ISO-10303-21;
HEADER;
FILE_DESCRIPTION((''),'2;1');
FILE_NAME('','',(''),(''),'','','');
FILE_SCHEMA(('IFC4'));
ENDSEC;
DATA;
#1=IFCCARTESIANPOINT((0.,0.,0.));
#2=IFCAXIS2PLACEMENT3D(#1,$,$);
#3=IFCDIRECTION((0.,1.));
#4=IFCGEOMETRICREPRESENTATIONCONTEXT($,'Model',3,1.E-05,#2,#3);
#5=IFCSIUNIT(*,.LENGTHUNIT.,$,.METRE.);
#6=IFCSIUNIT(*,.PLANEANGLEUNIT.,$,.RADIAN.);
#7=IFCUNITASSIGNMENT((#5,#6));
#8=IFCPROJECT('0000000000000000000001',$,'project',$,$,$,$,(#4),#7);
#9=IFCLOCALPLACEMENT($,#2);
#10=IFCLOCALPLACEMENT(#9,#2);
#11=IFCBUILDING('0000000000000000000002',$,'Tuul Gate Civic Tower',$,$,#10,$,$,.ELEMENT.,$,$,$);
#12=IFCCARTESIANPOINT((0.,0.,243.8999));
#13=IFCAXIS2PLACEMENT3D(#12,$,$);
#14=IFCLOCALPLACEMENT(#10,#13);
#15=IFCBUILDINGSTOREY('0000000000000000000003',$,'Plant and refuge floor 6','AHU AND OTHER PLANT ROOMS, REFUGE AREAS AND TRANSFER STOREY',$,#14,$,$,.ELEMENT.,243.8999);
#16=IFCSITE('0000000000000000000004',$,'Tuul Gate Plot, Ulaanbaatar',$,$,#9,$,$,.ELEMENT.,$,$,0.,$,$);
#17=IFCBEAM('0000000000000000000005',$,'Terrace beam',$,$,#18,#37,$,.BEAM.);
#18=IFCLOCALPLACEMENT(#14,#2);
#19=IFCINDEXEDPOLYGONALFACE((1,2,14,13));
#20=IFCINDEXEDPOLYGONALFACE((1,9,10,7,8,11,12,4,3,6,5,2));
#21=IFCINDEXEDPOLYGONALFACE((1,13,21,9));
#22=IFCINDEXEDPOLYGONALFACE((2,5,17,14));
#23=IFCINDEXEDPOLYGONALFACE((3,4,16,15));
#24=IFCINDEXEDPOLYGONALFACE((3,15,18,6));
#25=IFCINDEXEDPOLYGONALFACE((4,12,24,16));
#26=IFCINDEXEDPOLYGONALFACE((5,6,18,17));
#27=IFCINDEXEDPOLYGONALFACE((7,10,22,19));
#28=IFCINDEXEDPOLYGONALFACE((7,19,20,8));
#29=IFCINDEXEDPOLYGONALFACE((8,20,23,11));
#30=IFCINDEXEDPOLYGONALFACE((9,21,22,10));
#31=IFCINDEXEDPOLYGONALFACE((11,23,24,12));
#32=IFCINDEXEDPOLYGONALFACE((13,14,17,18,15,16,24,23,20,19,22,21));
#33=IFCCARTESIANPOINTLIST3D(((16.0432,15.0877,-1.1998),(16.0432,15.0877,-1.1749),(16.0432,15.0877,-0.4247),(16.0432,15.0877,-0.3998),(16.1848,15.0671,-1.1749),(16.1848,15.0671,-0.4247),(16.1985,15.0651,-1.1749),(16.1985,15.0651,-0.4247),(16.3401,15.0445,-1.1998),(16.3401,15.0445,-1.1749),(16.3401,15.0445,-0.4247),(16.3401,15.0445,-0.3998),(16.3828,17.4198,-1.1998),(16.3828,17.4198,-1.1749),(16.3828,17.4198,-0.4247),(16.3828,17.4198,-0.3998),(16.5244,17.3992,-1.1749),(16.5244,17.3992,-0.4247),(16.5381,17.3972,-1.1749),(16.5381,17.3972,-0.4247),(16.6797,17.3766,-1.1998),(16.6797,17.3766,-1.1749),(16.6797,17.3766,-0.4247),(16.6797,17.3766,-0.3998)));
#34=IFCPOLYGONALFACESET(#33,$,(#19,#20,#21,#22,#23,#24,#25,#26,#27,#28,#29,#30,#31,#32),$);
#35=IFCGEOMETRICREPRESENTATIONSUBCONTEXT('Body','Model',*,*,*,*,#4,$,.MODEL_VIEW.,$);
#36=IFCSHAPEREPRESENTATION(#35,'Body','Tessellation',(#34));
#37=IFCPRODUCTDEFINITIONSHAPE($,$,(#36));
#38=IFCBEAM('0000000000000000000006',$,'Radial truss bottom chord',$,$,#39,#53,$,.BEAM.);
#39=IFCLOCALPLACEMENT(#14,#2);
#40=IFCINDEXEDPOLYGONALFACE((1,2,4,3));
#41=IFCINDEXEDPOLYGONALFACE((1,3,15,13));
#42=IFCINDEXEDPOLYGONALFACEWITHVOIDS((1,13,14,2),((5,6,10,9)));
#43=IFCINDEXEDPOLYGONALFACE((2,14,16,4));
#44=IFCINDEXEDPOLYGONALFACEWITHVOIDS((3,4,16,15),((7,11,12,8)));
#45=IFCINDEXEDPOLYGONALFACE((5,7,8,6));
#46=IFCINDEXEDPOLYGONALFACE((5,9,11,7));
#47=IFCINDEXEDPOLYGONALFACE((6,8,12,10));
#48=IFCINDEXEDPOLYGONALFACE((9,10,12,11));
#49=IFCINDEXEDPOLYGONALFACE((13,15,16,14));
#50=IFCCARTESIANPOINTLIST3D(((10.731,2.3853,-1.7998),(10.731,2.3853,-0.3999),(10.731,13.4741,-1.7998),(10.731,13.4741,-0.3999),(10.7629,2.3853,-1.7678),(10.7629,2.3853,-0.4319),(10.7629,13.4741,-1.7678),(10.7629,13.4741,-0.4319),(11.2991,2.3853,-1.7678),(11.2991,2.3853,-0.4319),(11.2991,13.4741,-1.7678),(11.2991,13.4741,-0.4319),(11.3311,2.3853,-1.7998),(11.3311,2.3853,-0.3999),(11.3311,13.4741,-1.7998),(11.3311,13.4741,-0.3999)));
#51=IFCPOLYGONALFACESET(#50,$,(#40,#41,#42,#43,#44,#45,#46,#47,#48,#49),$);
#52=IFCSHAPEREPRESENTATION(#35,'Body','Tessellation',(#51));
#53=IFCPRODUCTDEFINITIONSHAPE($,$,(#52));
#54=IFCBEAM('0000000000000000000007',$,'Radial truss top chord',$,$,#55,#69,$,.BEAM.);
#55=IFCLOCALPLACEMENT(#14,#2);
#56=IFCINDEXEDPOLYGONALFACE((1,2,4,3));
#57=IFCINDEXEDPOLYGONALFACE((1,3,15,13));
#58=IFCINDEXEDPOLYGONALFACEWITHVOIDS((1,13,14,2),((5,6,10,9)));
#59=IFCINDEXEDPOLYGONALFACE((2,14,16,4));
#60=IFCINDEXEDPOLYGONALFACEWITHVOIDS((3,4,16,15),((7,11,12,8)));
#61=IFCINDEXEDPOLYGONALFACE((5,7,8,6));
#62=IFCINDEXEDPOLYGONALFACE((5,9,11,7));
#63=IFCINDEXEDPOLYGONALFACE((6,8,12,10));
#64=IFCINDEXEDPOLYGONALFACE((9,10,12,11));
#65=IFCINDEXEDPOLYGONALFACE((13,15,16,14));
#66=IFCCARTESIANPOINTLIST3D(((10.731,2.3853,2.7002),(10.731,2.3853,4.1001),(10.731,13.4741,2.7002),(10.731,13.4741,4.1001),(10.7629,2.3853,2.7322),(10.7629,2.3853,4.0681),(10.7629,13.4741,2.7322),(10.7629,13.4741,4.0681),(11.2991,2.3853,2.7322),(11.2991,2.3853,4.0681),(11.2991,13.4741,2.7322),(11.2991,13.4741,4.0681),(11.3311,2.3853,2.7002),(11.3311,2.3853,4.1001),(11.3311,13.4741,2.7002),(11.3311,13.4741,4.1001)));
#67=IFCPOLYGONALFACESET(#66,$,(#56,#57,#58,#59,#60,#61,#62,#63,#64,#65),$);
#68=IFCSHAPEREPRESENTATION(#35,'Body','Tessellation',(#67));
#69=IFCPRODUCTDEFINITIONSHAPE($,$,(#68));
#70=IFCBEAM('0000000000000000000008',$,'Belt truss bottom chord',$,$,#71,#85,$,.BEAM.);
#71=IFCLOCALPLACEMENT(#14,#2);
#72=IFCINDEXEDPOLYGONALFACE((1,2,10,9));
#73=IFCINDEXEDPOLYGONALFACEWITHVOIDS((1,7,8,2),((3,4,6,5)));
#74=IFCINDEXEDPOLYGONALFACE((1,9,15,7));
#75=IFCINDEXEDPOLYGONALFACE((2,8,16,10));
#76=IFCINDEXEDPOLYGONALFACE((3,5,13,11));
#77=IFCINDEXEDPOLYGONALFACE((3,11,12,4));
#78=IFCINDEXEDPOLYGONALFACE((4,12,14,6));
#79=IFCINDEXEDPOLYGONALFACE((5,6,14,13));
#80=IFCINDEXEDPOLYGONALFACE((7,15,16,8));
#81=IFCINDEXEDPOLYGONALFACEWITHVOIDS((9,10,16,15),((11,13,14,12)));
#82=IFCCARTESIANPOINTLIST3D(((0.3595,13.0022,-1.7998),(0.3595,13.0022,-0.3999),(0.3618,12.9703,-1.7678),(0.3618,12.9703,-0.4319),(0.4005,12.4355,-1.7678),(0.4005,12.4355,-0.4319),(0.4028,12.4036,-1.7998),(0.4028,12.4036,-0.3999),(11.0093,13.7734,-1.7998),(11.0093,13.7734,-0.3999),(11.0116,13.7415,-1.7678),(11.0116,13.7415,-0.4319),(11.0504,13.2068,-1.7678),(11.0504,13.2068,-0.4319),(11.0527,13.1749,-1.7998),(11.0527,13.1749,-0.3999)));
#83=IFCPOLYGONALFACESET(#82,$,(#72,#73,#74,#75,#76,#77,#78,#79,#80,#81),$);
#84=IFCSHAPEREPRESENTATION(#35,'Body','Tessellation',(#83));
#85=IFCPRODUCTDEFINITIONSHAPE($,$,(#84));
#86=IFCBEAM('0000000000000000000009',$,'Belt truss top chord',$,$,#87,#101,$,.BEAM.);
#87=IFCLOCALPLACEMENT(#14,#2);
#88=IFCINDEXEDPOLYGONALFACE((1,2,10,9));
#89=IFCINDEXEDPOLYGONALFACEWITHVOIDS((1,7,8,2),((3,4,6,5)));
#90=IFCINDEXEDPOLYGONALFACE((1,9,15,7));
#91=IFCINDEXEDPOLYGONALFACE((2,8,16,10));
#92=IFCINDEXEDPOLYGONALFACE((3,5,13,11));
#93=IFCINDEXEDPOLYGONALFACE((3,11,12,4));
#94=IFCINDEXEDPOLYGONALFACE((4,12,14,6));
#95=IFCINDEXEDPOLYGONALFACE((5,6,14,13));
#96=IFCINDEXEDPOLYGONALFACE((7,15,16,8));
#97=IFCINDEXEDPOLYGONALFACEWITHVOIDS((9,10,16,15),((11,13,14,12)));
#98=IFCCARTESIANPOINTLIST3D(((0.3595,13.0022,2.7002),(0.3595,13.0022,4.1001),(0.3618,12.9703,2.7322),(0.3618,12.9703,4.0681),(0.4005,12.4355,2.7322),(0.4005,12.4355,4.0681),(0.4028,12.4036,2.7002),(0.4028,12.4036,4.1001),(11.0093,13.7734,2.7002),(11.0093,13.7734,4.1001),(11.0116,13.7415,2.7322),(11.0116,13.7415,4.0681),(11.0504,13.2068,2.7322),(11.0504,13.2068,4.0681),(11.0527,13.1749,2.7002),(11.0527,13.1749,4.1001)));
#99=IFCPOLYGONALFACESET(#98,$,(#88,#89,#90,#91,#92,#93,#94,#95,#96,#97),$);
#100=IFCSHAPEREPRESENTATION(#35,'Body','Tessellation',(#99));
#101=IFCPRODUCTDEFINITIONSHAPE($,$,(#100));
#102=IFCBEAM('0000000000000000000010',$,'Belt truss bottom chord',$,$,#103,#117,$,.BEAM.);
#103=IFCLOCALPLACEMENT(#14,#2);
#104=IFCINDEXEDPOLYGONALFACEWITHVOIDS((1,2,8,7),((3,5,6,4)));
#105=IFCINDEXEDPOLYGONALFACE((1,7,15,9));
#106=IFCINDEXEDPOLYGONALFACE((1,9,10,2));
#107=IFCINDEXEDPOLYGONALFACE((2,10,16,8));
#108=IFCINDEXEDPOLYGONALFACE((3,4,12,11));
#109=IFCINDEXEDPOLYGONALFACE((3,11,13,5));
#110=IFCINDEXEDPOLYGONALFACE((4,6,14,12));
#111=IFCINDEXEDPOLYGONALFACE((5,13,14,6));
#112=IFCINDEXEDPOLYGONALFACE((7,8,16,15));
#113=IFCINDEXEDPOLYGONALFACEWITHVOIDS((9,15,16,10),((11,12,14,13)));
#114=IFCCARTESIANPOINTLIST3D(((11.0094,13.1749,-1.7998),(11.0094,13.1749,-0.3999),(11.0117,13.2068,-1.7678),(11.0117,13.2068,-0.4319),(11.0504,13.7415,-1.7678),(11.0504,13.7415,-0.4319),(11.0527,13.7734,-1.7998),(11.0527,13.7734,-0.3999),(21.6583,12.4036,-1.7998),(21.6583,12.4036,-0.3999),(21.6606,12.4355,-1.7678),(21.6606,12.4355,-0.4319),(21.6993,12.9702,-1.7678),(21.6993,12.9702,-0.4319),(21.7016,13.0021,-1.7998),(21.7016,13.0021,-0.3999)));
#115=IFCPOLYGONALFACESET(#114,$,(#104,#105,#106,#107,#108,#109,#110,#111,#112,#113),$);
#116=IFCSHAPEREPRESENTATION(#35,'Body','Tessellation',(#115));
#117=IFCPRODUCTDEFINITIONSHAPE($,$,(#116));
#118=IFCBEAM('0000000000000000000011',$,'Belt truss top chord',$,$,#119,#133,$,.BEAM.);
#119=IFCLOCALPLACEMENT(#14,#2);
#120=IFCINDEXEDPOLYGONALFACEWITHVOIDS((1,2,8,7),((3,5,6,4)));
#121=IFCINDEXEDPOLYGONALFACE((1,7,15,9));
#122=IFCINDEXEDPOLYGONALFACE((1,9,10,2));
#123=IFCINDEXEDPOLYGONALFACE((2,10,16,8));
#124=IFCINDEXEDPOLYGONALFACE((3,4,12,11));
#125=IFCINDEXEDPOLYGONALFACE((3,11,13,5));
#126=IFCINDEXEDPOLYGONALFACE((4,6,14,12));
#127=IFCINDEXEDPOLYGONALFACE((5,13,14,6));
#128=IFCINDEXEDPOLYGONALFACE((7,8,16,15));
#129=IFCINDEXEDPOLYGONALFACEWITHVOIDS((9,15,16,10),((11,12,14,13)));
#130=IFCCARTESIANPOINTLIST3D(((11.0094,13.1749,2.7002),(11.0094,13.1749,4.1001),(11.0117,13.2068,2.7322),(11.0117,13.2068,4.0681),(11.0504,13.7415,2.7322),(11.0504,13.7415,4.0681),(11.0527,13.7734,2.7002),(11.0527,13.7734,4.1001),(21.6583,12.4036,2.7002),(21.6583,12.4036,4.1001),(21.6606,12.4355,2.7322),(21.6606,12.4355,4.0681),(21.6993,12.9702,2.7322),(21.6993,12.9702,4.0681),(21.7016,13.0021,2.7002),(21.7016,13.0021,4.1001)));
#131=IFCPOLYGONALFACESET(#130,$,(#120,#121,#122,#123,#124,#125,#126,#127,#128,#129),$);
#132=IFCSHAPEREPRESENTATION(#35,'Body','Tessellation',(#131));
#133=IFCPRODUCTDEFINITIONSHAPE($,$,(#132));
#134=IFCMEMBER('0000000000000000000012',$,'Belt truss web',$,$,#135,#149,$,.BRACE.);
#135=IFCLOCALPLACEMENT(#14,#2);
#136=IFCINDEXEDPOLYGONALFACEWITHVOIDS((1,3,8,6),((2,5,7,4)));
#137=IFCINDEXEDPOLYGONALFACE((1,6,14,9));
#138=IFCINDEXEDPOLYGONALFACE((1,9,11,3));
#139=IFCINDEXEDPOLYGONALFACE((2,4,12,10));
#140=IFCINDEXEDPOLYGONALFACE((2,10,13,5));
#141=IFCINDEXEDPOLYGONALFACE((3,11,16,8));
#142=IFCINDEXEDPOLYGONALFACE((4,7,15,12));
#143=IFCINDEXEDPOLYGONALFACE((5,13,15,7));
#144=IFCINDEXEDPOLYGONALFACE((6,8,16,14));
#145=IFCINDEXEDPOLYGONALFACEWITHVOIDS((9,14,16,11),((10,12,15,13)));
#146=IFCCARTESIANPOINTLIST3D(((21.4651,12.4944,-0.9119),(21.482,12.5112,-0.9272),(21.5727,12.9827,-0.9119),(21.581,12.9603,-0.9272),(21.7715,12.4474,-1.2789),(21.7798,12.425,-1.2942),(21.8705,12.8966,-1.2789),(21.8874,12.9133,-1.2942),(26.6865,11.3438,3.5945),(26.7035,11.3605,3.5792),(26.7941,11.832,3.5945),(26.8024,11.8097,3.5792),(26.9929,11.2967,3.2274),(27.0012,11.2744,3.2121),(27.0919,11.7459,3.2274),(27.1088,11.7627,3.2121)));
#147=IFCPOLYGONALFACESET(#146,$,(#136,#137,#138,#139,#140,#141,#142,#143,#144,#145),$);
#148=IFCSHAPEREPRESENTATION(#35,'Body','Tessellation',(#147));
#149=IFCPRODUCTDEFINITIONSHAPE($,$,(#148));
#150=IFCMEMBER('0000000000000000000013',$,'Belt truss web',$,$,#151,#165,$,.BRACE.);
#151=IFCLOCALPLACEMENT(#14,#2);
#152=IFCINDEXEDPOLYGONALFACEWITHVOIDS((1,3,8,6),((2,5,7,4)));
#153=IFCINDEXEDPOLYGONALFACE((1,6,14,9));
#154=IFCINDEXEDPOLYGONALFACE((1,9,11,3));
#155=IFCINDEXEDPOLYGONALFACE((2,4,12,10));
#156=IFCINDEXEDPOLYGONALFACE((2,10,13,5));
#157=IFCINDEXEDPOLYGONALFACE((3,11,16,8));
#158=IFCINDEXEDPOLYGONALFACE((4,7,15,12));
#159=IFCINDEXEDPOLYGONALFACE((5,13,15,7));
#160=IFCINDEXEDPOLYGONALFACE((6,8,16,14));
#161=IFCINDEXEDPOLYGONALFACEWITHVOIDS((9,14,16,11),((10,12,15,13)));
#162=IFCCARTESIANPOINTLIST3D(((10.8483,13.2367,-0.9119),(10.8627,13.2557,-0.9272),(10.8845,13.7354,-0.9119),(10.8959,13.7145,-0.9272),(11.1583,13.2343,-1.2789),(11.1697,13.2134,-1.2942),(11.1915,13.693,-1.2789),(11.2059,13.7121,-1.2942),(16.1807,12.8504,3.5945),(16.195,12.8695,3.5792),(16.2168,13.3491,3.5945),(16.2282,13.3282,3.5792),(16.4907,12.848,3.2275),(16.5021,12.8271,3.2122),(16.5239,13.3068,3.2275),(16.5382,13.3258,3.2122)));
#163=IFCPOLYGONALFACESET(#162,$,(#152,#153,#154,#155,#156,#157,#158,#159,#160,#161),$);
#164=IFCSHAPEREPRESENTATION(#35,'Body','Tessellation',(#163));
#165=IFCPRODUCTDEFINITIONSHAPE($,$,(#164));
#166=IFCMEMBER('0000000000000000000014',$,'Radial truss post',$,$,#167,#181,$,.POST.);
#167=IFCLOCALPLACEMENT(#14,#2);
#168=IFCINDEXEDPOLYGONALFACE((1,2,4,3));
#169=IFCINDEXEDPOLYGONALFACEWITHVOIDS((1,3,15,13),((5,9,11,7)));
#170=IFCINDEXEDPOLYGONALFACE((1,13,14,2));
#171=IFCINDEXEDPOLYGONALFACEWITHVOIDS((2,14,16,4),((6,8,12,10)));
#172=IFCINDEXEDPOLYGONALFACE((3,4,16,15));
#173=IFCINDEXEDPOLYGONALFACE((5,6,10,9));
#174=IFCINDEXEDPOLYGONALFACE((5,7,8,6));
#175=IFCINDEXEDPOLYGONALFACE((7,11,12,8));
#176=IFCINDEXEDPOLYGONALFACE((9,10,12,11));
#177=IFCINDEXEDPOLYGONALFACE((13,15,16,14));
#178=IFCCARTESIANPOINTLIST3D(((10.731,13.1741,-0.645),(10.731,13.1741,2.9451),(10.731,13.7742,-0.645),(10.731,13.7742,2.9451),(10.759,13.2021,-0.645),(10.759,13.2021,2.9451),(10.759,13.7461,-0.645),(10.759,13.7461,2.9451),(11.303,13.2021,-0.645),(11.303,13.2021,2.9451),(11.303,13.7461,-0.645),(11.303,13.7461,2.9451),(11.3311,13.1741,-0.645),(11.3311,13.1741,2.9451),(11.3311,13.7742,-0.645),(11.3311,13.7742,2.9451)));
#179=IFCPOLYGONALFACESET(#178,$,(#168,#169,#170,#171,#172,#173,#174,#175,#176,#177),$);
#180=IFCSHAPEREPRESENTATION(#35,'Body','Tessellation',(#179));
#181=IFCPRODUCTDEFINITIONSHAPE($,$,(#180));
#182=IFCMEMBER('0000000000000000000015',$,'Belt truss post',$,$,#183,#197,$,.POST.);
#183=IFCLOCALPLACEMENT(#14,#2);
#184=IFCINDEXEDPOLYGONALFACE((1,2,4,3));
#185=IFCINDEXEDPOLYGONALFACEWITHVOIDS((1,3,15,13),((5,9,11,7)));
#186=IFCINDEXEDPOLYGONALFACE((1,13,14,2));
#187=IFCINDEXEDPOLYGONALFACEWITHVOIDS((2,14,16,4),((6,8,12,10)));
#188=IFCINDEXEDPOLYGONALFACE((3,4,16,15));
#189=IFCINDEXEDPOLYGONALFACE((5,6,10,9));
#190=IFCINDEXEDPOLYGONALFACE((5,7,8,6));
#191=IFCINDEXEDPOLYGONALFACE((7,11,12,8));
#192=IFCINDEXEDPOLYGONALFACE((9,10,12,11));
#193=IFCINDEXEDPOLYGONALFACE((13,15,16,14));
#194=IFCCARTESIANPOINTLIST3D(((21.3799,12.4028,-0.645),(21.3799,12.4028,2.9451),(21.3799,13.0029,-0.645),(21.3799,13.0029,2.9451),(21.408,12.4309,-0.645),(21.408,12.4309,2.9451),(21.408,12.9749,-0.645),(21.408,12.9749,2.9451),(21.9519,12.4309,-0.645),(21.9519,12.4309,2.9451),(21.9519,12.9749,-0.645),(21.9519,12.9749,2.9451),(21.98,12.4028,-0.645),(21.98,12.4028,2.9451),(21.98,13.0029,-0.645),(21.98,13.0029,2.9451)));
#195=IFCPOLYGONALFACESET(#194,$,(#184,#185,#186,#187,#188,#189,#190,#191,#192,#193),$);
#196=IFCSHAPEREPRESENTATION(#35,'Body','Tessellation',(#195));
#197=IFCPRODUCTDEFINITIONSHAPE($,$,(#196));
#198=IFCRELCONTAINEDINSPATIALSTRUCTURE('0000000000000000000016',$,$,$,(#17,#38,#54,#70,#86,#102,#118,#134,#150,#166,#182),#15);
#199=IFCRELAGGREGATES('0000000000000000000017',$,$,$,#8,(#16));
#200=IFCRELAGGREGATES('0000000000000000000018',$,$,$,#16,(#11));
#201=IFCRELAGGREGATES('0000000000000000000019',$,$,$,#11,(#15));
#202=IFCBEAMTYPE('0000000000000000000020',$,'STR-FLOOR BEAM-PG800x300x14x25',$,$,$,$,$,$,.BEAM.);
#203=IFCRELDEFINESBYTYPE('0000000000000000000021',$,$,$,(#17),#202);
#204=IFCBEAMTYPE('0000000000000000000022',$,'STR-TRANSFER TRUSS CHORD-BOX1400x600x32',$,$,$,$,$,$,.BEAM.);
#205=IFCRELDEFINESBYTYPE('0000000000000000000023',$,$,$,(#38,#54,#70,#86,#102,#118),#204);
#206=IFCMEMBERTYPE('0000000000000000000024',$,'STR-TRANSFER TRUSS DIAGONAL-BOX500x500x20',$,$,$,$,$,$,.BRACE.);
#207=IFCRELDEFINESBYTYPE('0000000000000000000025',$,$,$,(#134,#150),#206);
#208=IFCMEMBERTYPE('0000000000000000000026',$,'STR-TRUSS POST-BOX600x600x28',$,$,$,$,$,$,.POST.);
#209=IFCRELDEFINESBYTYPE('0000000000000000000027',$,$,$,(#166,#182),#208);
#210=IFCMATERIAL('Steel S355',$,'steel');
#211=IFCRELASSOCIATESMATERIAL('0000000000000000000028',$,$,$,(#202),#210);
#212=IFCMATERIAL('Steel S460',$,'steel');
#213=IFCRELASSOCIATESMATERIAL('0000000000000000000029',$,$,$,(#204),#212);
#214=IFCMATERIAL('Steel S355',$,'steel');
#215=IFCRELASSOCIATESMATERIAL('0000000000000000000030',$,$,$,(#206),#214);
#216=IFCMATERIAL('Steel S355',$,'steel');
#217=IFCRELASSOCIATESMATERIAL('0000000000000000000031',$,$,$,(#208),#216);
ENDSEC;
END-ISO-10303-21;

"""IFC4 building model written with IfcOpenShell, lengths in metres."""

from ifc_helpers import new_model, si_unit, direction, frame, origin, origin_2d, place, context, subcontext, project, spatial, hollow_rectangle, i_section, extrude, material, material_profile, profile_set, type_object, element, save


model = new_model("IFC4")

# Units and contexts
model_context = context("Model", 3, precision=1e-05, world=origin(), true_north=direction((0.0, 1.0)))
body_context = subcontext(model_context, "Body", "Model", "MODEL_VIEW")
ifc_project = project(units=[si_unit("LENGTHUNIT", "METRE"), si_unit("PLANEANGLEUNIT", "RADIAN")], contexts=[model_context])

# Site, building, storey
site_placement = place(None, origin())
site = spatial("IfcSite", under=ifc_project, at=site_placement, Name="Tuul Gate Plot, Ulaanbaatar", CompositionType="ELEMENT", RefElevation=0.0)
building_placement = place(site_placement, origin())
building = spatial("IfcBuilding", under=site, at=building_placement, Name="Tuul Gate Civic Tower", CompositionType="ELEMENT")
storey_placement = place(building_placement, frame((0.0, 0.0, 243.8999)))
storey = spatial("IfcBuildingStorey", under=building, at=storey_placement, Name="Plant and refuge floor 6", Description="AHU AND OTHER PLANT ROOMS, REFUGE AREAS AND TRANSFER STOREY", CompositionType="ELEMENT", Elevation=243.8999)

# Beams
ifc_material_1 = material(Name="Steel S355", Category="steel")
ifc_material_profile_1 = material_profile(ifc_material_1, i_section(OverallWidth=0.3, OverallDepth=0.8, WebThickness=0.0139, FlangeThickness=0.0249, at=origin_2d()), Name="PG800x300x14x25")
ifc_profile_set_1 = profile_set([ifc_material_profile_1], Name="Steel S355")
beam_type_1 = type_object("IfcBeamType", Name="STR-FLOOR BEAM-PG800x300x14x25", PredefinedType="BEAM", material=ifc_profile_set_1)
beam_placement = place(storey_placement, frame((16.5312, 17.3982, -0.7998), z_axis=(-0.144104, -0.989563, 0.0), x_axis=(0.989563, -0.144104, 0.0)))
element("IfcBeam", 1, at=beam_placement, inside=storey, type_object=beam_type_1, Name="Terrace beam", PredefinedType="BEAM", context=body_context, shape_type="SweptSolid", body=[
    extrude(i_section(OverallWidth=0.3, OverallDepth=0.8, WebThickness=0.0139, FlangeThickness=0.0249, at=origin_2d()), origin(), (0.0, 0.0, 1.0), 2.3567),
])
ifc_material_2 = material(Name="Steel S460", Category="steel")
ifc_material_profile_2 = material_profile(ifc_material_2, hollow_rectangle(XDim=0.6001, YDim=1.3999, WallThickness=0.032, at=origin_2d()), Name="BOX1400x600x32")
ifc_profile_set_2 = profile_set([ifc_material_profile_2], Name="Steel S460")
beam_type_2 = type_object("IfcBeamType", Name="STR-TRANSFER TRUSS CHORD-BOX1400x600x32", PredefinedType="BEAM", material=ifc_profile_set_2)
for number, where, z_axis, x_axis, name in (
    (2, (11.031, 13.4741, -1.0999), (0.0, -1.0, 0.0), (1.0, 0.0, 0.0), "Radial truss bottom chord"),
    (3, (11.031, 13.4741, 3.4001), (0.0, -1.0, 0.0), (1.0, 0.0, 0.0), "Radial truss top chord"),
):
    element("IfcBeam", number, at=place(storey_placement, frame(where, z_axis=z_axis, x_axis=x_axis)), inside=storey, type_object=beam_type_2, Name=name, PredefinedType="BEAM", context=body_context, shape_type="SweptSolid", body=[
        extrude(hollow_rectangle(XDim=0.6001, YDim=1.3999, WallThickness=0.032, at=origin_2d()), origin(), (0.0, 0.0, 1.0), 11.0889),
    ])
for number, where, z_axis, x_axis, name in (
    (4, (11.031, 13.4741, -1.0999), (-0.997388, -0.072228, 0.0), (0.072228, -0.997388, 0.0), "Belt truss bottom chord"),
    (5, (11.031, 13.4741, 3.4001), (-0.997388, -0.072228, 0.0), (0.072228, -0.997388, 0.0), "Belt truss top chord"),
):
    element("IfcBeam", number, at=place(storey_placement, frame(where, z_axis=z_axis, x_axis=x_axis)), inside=storey, type_object=beam_type_2, Name=name, PredefinedType="BEAM", context=body_context, shape_type="SweptSolid", body=[
        extrude(hollow_rectangle(XDim=0.6001, YDim=1.3999, WallThickness=0.032, at=origin_2d()), origin(), (0.0, 0.0, 1.0), 10.6777),
    ])
for number, where, z_axis, x_axis, name in (
    (6, (21.6799, 12.7029, -1.0999), (-0.997388, 0.072235, 0.0), (-0.072235, -0.997388, 0.0), "Belt truss bottom chord"),
    (7, (21.6799, 12.7029, 3.4001), (-0.997388, 0.072235, 0.0), (-0.072235, -0.997388, 0.0), "Belt truss top chord"),
):
    element("IfcBeam", number, at=place(storey_placement, frame(where, z_axis=z_axis, x_axis=x_axis)), inside=storey, type_object=beam_type_2, Name=name, PredefinedType="BEAM", context=body_context, shape_type="SweptSolid", body=[
        extrude(hollow_rectangle(XDim=0.6001, YDim=1.3999, WallThickness=0.032, at=origin_2d()), origin(), (0.0, 0.0, 1.0), 10.6768),
    ])

# Members
ifc_material_3 = material(Name="Steel S355", Category="steel")
ifc_material_profile_3 = material_profile(ifc_material_3, hollow_rectangle(XDim=0.5, YDim=0.5, WallThickness=0.02, at=origin_2d()), Name="BOX500x500x20")
ifc_profile_set_3 = profile_set([ifc_material_profile_3], Name="Steel S355")
member_type_1 = type_object("IfcMemberType", Name="STR-TRANSFER TRUSS DIAGONAL-BOX500x500x20", PredefinedType="BRACE", material=ifc_profile_set_3)
member_1_placement = place(storey_placement, frame((21.6763, 12.7039, -1.103), z_axis=(0.746724, -0.164554, 0.644458), x_axis=(0.215204, 0.976569, 0.0)))
element("IfcMember", 8, at=member_1_placement, inside=storey, type_object=member_type_1, Name="Belt truss web", PredefinedType="BRACE", context=body_context, shape_type="SweptSolid", body=[
    extrude(hollow_rectangle(XDim=0.5, YDim=0.5, WallThickness=0.02, at=origin_2d()), origin(), (0.0, 0.0, 1.0), 6.9924),
])
member_2_placement = place(storey_placement, frame((11.0271, 13.4744, -1.103), z_axis=(0.762614, -0.055238, 0.644491), x_axis=(0.072243, 0.997387, 0.0)))
element("IfcMember", 9, at=member_2_placement, inside=storey, type_object=member_type_1, Name="Belt truss web", PredefinedType="BRACE", context=body_context, shape_type="SweptSolid", body=[
    extrude(hollow_rectangle(XDim=0.5, YDim=0.5, WallThickness=0.02, at=origin_2d()), origin(), (0.0, 0.0, 1.0), 6.9922),
])
ifc_material_4 = material(Name="Steel S355", Category="steel")
ifc_material_profile_4 = material_profile(ifc_material_4, hollow_rectangle(XDim=0.6001, YDim=0.6001, WallThickness=0.0281, at=origin_2d()), Name="BOX600x600x28")
ifc_profile_set_4 = profile_set([ifc_material_profile_4], Name="Steel S355")
member_type_2 = type_object("IfcMemberType", Name="STR-TRUSS POST-BOX600x600x28", PredefinedType="POST", material=ifc_profile_set_4)
for number, where, z_axis, x_axis, name in (
    (10, (11.031, 13.4741, -0.645), (0.0, 0.0, 1.0), (1.0, 0.0, 0.0), "Radial truss post"),
    (11, (21.6799, 12.7029, -0.645), (0.0, 0.0, 1.0), (1.0, 0.0, 0.0), "Belt truss post"),
):
    element("IfcMember", number, at=place(storey_placement, frame(where, z_axis=z_axis, x_axis=x_axis)), inside=storey, type_object=member_type_2, Name=name, PredefinedType="POST", context=body_context, shape_type="SweptSolid", body=[
        extrude(hollow_rectangle(XDim=0.6001, YDim=0.6001, WallThickness=0.0281, at=origin_2d()), origin(), (0.0, 0.0, 1.0), 3.5901),
    ])

save(model, "model.ifc")
